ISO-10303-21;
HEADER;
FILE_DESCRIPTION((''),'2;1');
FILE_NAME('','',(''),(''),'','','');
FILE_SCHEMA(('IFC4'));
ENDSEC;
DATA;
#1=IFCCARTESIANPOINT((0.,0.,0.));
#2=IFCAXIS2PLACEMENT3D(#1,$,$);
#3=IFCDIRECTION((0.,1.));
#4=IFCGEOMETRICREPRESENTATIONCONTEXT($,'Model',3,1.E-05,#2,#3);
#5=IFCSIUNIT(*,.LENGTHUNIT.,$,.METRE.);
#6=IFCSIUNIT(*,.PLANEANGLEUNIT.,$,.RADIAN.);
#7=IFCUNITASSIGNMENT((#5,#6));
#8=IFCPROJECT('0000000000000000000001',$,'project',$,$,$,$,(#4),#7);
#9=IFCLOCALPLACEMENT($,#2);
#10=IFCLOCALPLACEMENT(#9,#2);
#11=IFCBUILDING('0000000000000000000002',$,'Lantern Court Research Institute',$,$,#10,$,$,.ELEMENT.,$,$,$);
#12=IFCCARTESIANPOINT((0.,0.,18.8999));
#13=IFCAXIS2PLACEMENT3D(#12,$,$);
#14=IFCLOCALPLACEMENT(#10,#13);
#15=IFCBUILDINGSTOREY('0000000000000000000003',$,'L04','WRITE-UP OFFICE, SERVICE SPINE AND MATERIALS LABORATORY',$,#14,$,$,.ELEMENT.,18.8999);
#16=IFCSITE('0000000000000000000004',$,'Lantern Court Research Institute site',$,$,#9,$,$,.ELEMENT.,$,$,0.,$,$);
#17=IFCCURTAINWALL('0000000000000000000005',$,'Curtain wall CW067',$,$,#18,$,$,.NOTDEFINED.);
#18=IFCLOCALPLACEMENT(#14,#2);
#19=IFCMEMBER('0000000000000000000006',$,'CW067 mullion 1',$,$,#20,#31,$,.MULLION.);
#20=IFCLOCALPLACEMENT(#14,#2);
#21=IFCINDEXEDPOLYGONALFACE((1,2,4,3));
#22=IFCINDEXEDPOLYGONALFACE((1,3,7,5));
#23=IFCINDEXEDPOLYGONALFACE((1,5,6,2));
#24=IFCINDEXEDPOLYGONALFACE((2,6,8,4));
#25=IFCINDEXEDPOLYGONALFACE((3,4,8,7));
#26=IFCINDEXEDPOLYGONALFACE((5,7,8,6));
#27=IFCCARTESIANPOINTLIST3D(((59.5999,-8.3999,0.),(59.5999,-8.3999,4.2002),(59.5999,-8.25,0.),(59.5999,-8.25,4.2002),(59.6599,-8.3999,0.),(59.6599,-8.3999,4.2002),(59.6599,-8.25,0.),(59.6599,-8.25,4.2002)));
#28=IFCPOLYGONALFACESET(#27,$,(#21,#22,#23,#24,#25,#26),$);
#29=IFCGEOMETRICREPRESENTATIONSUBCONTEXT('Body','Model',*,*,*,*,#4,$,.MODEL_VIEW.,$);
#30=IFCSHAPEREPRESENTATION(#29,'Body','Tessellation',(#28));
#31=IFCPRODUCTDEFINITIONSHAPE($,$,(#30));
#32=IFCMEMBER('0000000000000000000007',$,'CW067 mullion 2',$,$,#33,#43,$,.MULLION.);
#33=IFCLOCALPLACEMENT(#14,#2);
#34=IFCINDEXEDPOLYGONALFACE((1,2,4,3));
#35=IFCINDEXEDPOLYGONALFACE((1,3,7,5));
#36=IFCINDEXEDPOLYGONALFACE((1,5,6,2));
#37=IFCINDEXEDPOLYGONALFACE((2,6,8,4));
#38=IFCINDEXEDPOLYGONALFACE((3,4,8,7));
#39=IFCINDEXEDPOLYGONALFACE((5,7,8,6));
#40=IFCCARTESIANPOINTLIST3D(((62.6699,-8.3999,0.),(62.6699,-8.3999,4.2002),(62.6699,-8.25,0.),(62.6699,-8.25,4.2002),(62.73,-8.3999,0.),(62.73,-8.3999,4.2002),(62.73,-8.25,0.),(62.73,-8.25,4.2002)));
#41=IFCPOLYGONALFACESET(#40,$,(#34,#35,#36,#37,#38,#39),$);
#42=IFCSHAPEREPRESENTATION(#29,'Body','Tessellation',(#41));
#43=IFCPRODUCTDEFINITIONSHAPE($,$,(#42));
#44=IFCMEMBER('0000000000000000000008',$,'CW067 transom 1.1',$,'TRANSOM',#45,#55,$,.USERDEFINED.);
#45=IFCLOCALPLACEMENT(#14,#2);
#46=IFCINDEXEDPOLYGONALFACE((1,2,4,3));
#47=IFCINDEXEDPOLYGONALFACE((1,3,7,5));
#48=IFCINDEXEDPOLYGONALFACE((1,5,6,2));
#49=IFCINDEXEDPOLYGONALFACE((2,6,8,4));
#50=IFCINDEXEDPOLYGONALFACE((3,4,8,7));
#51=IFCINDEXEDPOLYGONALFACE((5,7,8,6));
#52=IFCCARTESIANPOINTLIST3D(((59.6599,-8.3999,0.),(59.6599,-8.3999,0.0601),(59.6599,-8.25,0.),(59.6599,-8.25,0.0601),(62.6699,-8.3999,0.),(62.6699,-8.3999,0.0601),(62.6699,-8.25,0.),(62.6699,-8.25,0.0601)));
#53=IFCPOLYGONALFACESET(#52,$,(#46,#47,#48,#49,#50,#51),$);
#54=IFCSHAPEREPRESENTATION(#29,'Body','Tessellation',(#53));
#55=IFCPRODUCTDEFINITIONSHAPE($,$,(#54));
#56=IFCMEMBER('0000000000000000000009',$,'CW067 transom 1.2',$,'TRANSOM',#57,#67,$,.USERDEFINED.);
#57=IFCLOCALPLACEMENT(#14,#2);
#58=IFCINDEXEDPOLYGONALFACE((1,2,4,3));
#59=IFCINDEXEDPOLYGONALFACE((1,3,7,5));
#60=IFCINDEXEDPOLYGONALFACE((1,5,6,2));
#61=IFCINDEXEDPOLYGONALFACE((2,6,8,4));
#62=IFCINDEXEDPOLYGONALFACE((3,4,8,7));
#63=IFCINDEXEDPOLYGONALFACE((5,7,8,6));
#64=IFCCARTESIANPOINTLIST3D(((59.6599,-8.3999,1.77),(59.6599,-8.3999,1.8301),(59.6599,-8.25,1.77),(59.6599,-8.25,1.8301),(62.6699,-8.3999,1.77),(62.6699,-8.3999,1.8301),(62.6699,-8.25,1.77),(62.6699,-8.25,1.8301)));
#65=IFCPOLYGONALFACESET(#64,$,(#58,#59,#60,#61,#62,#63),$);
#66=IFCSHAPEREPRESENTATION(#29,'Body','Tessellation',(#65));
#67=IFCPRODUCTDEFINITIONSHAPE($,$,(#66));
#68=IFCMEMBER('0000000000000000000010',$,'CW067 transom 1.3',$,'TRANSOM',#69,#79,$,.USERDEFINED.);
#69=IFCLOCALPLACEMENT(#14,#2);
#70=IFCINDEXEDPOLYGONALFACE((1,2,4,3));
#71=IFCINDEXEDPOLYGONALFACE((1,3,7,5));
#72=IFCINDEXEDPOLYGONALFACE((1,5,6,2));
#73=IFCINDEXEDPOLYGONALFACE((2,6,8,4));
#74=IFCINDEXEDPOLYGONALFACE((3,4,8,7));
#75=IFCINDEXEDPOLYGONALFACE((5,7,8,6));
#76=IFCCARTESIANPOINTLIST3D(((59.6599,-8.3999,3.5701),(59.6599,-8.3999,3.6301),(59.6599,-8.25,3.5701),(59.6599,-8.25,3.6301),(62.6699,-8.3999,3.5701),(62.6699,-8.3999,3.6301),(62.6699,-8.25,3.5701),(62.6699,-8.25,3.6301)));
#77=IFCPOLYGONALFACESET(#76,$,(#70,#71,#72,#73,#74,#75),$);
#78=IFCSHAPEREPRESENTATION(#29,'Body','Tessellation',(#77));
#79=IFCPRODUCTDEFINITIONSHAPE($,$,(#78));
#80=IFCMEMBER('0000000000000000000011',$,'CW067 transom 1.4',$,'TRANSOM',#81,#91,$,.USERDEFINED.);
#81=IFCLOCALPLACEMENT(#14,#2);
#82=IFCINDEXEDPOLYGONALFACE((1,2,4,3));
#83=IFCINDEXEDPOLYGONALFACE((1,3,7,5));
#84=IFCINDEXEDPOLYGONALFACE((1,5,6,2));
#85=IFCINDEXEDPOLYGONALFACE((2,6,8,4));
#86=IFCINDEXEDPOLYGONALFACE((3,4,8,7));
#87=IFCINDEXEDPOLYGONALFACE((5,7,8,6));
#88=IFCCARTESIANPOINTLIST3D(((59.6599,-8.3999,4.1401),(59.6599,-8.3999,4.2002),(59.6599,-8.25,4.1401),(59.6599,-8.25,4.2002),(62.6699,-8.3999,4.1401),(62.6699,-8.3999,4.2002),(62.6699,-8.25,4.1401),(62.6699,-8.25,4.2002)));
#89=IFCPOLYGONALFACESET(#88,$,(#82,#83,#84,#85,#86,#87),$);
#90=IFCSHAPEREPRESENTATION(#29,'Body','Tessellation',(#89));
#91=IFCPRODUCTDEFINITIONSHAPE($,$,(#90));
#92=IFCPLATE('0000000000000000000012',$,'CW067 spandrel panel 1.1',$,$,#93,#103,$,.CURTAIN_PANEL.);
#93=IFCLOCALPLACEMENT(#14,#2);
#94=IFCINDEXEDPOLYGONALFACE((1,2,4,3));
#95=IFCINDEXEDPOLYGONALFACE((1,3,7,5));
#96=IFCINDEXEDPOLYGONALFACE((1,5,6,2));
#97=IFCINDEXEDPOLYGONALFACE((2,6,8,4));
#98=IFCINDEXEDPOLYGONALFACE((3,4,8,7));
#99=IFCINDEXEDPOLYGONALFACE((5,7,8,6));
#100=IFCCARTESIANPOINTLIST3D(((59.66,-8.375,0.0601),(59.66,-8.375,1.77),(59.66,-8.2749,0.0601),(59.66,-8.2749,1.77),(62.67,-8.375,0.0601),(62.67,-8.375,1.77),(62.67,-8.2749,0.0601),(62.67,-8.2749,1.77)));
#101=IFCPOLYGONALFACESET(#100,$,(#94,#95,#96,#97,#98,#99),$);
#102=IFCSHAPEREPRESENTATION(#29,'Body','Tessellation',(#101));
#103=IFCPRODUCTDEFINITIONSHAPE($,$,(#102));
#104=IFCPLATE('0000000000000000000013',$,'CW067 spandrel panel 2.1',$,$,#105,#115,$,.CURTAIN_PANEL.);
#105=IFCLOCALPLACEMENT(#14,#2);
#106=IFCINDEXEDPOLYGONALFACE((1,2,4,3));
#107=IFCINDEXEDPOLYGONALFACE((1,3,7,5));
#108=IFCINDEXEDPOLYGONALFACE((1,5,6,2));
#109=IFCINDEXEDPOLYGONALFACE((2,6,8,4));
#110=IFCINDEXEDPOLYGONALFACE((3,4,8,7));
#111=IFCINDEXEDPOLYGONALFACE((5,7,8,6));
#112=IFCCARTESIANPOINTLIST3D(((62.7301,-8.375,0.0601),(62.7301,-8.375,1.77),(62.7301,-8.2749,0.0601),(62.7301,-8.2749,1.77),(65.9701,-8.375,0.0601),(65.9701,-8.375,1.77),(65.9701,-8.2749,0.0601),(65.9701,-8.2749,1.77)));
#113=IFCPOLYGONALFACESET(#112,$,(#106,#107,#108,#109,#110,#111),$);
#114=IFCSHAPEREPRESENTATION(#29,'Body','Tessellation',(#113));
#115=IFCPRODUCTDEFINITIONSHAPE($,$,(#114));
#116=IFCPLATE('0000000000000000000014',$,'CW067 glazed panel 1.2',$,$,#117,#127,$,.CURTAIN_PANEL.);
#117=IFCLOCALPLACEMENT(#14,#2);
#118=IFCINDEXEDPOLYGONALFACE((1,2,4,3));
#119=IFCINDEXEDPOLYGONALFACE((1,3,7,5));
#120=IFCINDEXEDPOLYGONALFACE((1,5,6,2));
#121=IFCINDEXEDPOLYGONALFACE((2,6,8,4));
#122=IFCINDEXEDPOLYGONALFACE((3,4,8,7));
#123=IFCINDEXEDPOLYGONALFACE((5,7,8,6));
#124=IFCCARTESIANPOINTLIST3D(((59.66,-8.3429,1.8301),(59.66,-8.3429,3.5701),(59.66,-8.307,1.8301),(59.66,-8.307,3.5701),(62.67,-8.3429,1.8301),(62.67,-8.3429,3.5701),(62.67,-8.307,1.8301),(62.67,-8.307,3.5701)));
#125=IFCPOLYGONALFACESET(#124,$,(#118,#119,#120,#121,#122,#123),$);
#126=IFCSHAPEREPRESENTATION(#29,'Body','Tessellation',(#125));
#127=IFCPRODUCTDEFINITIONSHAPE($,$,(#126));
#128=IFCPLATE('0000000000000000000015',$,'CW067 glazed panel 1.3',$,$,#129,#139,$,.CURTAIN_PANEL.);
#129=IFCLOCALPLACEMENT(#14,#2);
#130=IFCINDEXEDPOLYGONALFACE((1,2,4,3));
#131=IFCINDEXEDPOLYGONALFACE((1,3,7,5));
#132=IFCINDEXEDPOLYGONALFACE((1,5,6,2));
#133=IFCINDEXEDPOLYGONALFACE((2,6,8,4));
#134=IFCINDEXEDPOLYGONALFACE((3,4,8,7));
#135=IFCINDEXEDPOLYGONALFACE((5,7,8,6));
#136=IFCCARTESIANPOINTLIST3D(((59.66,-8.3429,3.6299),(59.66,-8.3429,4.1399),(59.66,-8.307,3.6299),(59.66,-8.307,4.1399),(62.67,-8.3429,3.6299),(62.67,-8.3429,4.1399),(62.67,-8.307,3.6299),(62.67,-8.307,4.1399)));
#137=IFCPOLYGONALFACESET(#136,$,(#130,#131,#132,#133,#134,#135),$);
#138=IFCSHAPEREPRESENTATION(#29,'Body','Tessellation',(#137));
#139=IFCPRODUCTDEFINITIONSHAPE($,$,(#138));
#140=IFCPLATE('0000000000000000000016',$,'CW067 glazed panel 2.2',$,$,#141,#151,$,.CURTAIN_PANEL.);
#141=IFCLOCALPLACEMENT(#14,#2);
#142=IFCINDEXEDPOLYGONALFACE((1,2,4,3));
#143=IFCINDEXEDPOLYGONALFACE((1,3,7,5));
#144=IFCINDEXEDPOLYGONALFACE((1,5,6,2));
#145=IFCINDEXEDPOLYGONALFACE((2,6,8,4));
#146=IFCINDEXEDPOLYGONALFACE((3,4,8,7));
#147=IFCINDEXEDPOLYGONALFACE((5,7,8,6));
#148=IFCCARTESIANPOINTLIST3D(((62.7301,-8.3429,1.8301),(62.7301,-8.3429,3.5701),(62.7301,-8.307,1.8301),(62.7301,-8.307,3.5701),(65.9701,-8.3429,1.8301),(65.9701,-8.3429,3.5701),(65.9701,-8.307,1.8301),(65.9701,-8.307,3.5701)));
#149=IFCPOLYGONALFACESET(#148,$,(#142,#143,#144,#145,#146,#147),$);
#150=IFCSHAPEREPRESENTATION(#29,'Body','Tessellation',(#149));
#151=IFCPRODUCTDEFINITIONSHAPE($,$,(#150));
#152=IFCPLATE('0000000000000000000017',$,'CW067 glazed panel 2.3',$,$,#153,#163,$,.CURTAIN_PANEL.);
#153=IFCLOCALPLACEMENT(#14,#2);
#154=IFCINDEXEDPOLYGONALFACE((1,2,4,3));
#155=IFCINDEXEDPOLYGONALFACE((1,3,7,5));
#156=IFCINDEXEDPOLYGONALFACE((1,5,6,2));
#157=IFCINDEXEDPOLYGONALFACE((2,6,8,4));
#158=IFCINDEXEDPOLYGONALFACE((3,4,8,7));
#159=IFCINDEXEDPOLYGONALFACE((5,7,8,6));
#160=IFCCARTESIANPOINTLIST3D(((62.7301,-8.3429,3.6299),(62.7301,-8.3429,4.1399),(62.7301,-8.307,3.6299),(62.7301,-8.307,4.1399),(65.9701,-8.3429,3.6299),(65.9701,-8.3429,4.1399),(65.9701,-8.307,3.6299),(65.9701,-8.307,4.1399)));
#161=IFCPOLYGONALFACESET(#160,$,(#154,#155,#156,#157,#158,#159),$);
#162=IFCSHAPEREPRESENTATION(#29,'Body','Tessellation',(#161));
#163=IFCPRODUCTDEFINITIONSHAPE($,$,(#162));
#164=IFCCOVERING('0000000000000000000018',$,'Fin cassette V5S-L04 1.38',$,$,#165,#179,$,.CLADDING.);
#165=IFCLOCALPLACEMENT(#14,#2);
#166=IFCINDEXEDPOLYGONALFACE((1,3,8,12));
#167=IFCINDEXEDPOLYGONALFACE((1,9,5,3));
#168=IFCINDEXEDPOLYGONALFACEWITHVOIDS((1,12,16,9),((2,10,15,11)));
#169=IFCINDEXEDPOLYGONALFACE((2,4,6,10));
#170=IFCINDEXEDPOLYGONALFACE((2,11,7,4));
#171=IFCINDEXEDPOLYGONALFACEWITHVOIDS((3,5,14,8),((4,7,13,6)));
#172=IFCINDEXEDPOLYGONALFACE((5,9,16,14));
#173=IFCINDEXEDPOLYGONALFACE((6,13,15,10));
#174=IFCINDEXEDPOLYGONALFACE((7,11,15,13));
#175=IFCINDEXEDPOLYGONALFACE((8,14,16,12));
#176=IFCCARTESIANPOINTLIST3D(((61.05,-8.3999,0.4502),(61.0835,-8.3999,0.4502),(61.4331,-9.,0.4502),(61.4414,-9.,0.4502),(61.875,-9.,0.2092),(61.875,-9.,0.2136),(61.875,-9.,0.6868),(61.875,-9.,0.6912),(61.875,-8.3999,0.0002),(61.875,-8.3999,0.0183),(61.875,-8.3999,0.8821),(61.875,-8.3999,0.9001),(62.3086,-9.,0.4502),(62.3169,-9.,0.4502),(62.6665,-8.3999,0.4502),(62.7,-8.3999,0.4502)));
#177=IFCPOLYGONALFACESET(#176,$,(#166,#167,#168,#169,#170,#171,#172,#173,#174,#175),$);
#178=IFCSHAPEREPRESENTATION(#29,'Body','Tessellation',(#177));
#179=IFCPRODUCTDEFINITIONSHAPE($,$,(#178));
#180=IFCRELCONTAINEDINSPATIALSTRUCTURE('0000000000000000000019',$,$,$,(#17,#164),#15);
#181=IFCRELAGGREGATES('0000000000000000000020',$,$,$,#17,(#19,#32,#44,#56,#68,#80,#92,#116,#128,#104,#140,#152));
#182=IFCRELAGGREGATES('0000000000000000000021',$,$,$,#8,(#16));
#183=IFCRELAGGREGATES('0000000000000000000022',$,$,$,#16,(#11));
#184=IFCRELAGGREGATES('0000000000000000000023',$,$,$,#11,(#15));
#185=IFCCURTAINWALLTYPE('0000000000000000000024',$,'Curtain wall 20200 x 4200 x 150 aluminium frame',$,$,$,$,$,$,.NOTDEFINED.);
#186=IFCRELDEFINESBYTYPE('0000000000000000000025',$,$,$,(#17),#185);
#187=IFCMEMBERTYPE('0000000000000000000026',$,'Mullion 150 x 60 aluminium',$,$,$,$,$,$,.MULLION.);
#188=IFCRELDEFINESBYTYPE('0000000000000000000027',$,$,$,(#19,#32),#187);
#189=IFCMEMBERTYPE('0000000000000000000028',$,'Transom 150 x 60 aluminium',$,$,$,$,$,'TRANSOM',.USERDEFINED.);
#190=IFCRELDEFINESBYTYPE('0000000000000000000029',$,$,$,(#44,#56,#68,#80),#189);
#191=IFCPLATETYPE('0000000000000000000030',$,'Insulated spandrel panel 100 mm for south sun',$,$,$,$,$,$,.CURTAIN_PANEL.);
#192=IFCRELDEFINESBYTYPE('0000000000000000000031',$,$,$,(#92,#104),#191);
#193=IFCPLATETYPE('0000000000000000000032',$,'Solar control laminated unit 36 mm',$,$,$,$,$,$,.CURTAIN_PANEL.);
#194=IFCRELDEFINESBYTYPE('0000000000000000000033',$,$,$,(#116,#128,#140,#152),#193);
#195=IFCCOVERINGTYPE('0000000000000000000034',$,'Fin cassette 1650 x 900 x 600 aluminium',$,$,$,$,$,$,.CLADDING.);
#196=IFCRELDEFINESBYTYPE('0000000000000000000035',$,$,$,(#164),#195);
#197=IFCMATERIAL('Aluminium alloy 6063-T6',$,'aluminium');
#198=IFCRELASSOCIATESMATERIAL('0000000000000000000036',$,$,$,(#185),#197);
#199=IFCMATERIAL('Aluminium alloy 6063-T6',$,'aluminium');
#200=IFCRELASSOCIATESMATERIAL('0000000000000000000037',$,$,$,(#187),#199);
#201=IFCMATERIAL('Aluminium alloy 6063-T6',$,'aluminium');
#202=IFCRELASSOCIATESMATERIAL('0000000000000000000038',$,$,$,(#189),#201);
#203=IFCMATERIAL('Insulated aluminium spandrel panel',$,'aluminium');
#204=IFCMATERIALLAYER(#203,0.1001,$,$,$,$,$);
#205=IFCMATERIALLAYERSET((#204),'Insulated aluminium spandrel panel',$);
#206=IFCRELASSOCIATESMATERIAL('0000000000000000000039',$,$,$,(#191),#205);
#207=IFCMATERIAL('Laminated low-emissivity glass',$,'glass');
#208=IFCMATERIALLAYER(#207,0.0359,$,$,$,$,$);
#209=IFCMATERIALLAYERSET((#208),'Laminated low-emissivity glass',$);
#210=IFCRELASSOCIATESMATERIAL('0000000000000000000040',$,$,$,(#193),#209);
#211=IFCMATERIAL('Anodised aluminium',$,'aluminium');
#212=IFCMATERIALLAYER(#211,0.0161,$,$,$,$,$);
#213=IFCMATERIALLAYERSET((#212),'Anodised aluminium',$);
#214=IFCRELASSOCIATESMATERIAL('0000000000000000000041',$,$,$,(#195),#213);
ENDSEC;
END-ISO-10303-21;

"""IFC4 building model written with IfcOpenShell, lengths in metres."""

from ifc_helpers import new_model, entity, si_unit, direction, frame, origin, origin_2d, place, context, subcontext, project, spatial, rectangle, extrude, material, layer, layer_set, material_profile, profile_set, type_object, element, aggregate, save


model = new_model("IFC4")

# Units and contexts
model_context = context("Model", 3, precision=1e-05, world=origin(), true_north=direction((0.0, 1.0)))
body_context = subcontext(model_context, "Body", "Model", "MODEL_VIEW")
ifc_project = project(units=[si_unit("LENGTHUNIT", "METRE"), si_unit("PLANEANGLEUNIT", "RADIAN")], contexts=[model_context])

# Site, building, storey
site_placement = place(None, origin())
site = spatial("IfcSite", under=ifc_project, at=site_placement, Name="Lantern Court Research Institute site", CompositionType="ELEMENT", RefElevation=0.0)
building_placement = place(site_placement, origin())
building = spatial("IfcBuilding", under=site, at=building_placement, Name="Lantern Court Research Institute", CompositionType="ELEMENT")
storey_placement = place(building_placement, frame((0.0, 0.0, 18.8999)))
storey = spatial("IfcBuildingStorey", under=building, at=storey_placement, Name="L04", Description="WRITE-UP OFFICE, SERVICE SPINE AND MATERIALS LABORATORY", CompositionType="ELEMENT", Elevation=18.8999)

# Curtain wall, members, plates
ifc_material_1 = material(Name="Aluminium alloy 6063-T6", Category="aluminium")
curtain_wall_type = type_object("IfcCurtainWallType", Name="Curtain wall 20200 x 4200 x 150 aluminium frame", PredefinedType="NOTDEFINED", material=ifc_material_1)
curtain_wall_placement = place(storey_placement, origin())
curtain_wall = element("IfcCurtainWall", 1, at=curtain_wall_placement, inside=storey, type_object=curtain_wall_type, Name="Curtain wall CW067", PredefinedType="NOTDEFINED")
ifc_material_2 = material(Name="Aluminium alloy 6063-T6", Category="aluminium")
ifc_material_profile_1 = material_profile(ifc_material_2, rectangle(XDim=0.1499, YDim=0.0601, at=origin_2d()), Name="Mullion 150 x 60")
ifc_profile_set_1 = profile_set([ifc_material_profile_1], Name="Aluminium alloy 6063-T6")
member_type_1 = type_object("IfcMemberType", Name="Mullion 150 x 60 aluminium", PredefinedType="MULLION", material=ifc_profile_set_1)
member_1_placement = place(storey_placement, frame((59.6299, -8.325, 0.0), z_axis=(0.0, 0.0, 1.0), x_axis=(0.0, -1.0, 0.0)))
member_1 = element("IfcMember", 2, at=member_1_placement, type_object=member_type_1, Name="CW067 mullion 1", PredefinedType="MULLION", context=body_context, shape_type="SweptSolid", body=[
    extrude(rectangle(XDim=0.1499, YDim=0.0601, at=origin_2d()), origin(), (0.0, 0.0, 1.0), 4.2002),
])
member_2_placement = place(storey_placement, frame((62.7, -8.325, 0.0), z_axis=(0.0, 0.0, 1.0), x_axis=(0.0, -1.0, 0.0)))
member_2 = element("IfcMember", 3, at=member_2_placement, type_object=member_type_1, Name="CW067 mullion 2", PredefinedType="MULLION", context=body_context, shape_type="SweptSolid", body=[
    extrude(rectangle(XDim=0.1499, YDim=0.0601, at=origin_2d()), origin(), (0.0, 0.0, 1.0), 4.2002),
])
ifc_material_3 = material(Name="Aluminium alloy 6063-T6", Category="aluminium")
ifc_material_profile_2 = material_profile(ifc_material_3, rectangle(XDim=0.1499, YDim=0.0601, at=origin_2d()), Name="Transom 150 x 60")
ifc_profile_set_2 = profile_set([ifc_material_profile_2], Name="Aluminium alloy 6063-T6")
member_type_2 = type_object("IfcMemberType", Name="Transom 150 x 60 aluminium", ElementType="TRANSOM", PredefinedType="USERDEFINED", material=ifc_profile_set_2)
member_3_placement = place(storey_placement, frame((62.6699, -8.325, 0.03), z_axis=(-1.0, 0.0, 0.0), x_axis=(0.0, -1.0, 0.0)))
member_3 = element("IfcMember", 4, at=member_3_placement, type_object=member_type_2, Name="CW067 transom 1.1", ObjectType="TRANSOM", PredefinedType="USERDEFINED", context=body_context, shape_type="SweptSolid", body=[
    extrude(rectangle(XDim=0.1499, YDim=0.0601, at=origin_2d()), origin(), (0.0, 0.0, 1.0), 3.01),
])
member_4_placement = place(storey_placement, frame((62.6699, -8.325, 1.8), z_axis=(-1.0, 0.0, 0.0), x_axis=(0.0, -1.0, 0.0)))
member_4 = element("IfcMember", 5, at=member_4_placement, type_object=member_type_2, Name="CW067 transom 1.2", ObjectType="TRANSOM", PredefinedType="USERDEFINED", context=body_context, shape_type="SweptSolid", body=[
    extrude(rectangle(XDim=0.1499, YDim=0.0601, at=origin_2d()), origin(), (0.0, 0.0, 1.0), 3.01),
])
member_5_placement = place(storey_placement, frame((62.6699, -8.325, 3.6001), z_axis=(-1.0, 0.0, 0.0), x_axis=(0.0, -1.0, 0.0)))
member_5 = element("IfcMember", 6, at=member_5_placement, type_object=member_type_2, Name="CW067 transom 1.3", ObjectType="TRANSOM", PredefinedType="USERDEFINED", context=body_context, shape_type="SweptSolid", body=[
    extrude(rectangle(XDim=0.1499, YDim=0.0601, at=origin_2d()), origin(), (0.0, 0.0, 1.0), 3.01),
])
member_6_placement = place(storey_placement, frame((62.6699, -8.325, 4.1702), z_axis=(-1.0, 0.0, 0.0), x_axis=(0.0, -1.0, 0.0)))
member_6 = element("IfcMember", 7, at=member_6_placement, type_object=member_type_2, Name="CW067 transom 1.4", ObjectType="TRANSOM", PredefinedType="USERDEFINED", context=body_context, shape_type="SweptSolid", body=[
    extrude(rectangle(XDim=0.1499, YDim=0.0601, at=origin_2d()), origin(), (0.0, 0.0, 1.0), 3.01),
])
ifc_material_4 = material(Name="Insulated aluminium spandrel panel", Category="aluminium")
ifc_layer_1 = layer(ifc_material_4, 0.1001)
ifc_layer_set_1 = layer_set([ifc_layer_1], Name="Insulated aluminium spandrel panel")
plate_type_1 = type_object("IfcPlateType", Name="Insulated spandrel panel 100 mm for south sun", PredefinedType="CURTAIN_PANEL", material=ifc_layer_set_1)
plate_1_placement = place(storey_placement, frame((61.165, -8.325, 0.0601), z_axis=(0.0, 0.0, 1.0), x_axis=(-1.0, 0.0, 0.0)))
plate_1 = element("IfcPlate", 8, at=plate_1_placement, type_object=plate_type_1, Name="CW067 spandrel panel 1.1", PredefinedType="CURTAIN_PANEL", context=body_context, shape_type="SweptSolid", body=[
    extrude(rectangle(XDim=3.01, YDim=0.1001, at=origin_2d()), origin(), (0.0, 0.0, 1.0), 1.71),
])
plate_2_placement = place(storey_placement, frame((64.3501, -8.325, 0.0601), z_axis=(0.0, 0.0, 1.0), x_axis=(-1.0, 0.0, 0.0)))
plate_2 = element("IfcPlate", 9, at=plate_2_placement, type_object=plate_type_1, Name="CW067 spandrel panel 2.1", PredefinedType="CURTAIN_PANEL", context=body_context, shape_type="SweptSolid", body=[
    extrude(rectangle(XDim=3.24, YDim=0.1001, at=origin_2d()), origin(), (0.0, 0.0, 1.0), 1.71),
])
ifc_material_5 = material(Name="Laminated low-emissivity glass", Category="glass")
ifc_layer_2 = layer(ifc_material_5, 0.0359)
ifc_layer_set_2 = layer_set([ifc_layer_2], Name="Laminated low-emissivity glass")
plate_type_2 = type_object("IfcPlateType", Name="Solar control laminated unit 36 mm", PredefinedType="CURTAIN_PANEL", material=ifc_layer_set_2)
plate_3_placement = place(storey_placement, frame((61.165, -8.325, 1.8301), z_axis=(0.0, 0.0, 1.0), x_axis=(-1.0, 0.0, 0.0)))
plate_3 = element("IfcPlate", 10, at=plate_3_placement, type_object=plate_type_2, Name="CW067 glazed panel 1.2", PredefinedType="CURTAIN_PANEL", context=body_context, shape_type="SweptSolid", body=[
    extrude(rectangle(XDim=3.01, YDim=0.0359, at=origin_2d()), origin(), (0.0, 0.0, 1.0), 1.74),
])
plate_4_placement = place(storey_placement, frame((61.165, -8.325, 3.6299), z_axis=(0.0, 0.0, 1.0), x_axis=(-1.0, 0.0, 0.0)))
plate_4 = element("IfcPlate", 11, at=plate_4_placement, type_object=plate_type_2, Name="CW067 glazed panel 1.3", PredefinedType="CURTAIN_PANEL", context=body_context, shape_type="SweptSolid", body=[
    extrude(rectangle(XDim=3.01, YDim=0.0359, at=origin_2d()), origin(), (0.0, 0.0, 1.0), 0.51),
])
plate_5_placement = place(storey_placement, frame((64.3501, -8.325, 1.8301), z_axis=(0.0, 0.0, 1.0), x_axis=(-1.0, 0.0, 0.0)))
plate_5 = element("IfcPlate", 12, at=plate_5_placement, type_object=plate_type_2, Name="CW067 glazed panel 2.2", PredefinedType="CURTAIN_PANEL", context=body_context, shape_type="SweptSolid", body=[
    extrude(rectangle(XDim=3.24, YDim=0.0359, at=origin_2d()), origin(), (0.0, 0.0, 1.0), 1.74),
])
plate_6_placement = place(storey_placement, frame((64.3501, -8.325, 3.6299), z_axis=(0.0, 0.0, 1.0), x_axis=(-1.0, 0.0, 0.0)))
plate_6 = element("IfcPlate", 13, at=plate_6_placement, type_object=plate_type_2, Name="CW067 glazed panel 2.3", PredefinedType="CURTAIN_PANEL", context=body_context, shape_type="SweptSolid", body=[
    extrude(rectangle(XDim=3.24, YDim=0.0359, at=origin_2d()), origin(), (0.0, 0.0, 1.0), 0.51),
])
aggregate(curtain_wall, [member_1, member_2, member_3, member_4, member_5, member_6, plate_1, plate_3, plate_4, plate_2, plate_5, plate_6])

# Covering
ifc_material_6 = material(Name="Anodised aluminium", Category="aluminium")
ifc_layer_3 = layer(ifc_material_6, 0.0161)
ifc_layer_set_3 = layer_set([ifc_layer_3], Name="Anodised aluminium")
covering_type = type_object("IfcCoveringType", Name="Fin cassette 1650 x 900 x 600 aluminium", PredefinedType="CLADDING", material=ifc_layer_set_3)
covering_1_placement = place(storey_placement, frame((61.875, -8.3999, 0.4502), z_axis=(0.0, -1.0, 0.0), x_axis=(1.0, 0.0, 0.0)))
cartesian_point_1 = entity("IfcCartesianPoint", [0.825, 0.0])
cartesian_point_2 = entity("IfcCartesianPoint", [0.7915, 0.0])
cartesian_point_3 = entity("IfcCartesianPoint", [0.4419, 0.0])
cartesian_point_4 = entity("IfcCartesianPoint", [0.4336, 0.0])
element("IfcCovering", 14, at=covering_1_placement, inside=storey, type_object=covering_type, Name="Fin cassette V5S-L04 1.38", PredefinedType="CLADDING", context=body_context, shape_type="SweptSolid", body=[
    entity("IfcExtrudedAreaSolidTapered", entity("IfcArbitraryProfileDefWithVoids", "AREA", None, entity("IfcPolyline", [cartesian_point_1, entity("IfcCartesianPoint", [0.0, 0.45]), entity("IfcCartesianPoint", [-0.825, 0.0]), entity("IfcCartesianPoint", [0.0, -0.45]), cartesian_point_1]), [entity("IfcPolyline", [cartesian_point_2, entity("IfcCartesianPoint", [0.0, 0.4319]), entity("IfcCartesianPoint", [-0.7915, 0.0]), entity("IfcCartesianPoint", [0.0, -0.4319]), cartesian_point_2])]), entity("IfcAxis2Placement3D", entity("IfcCartesianPoint", [0.0, 0.0, 0.0])), entity("IfcDirection", [0.0, 0.0, 1.0]), 0.6001, entity("IfcArbitraryProfileDefWithVoids", "AREA", None, entity("IfcPolyline", [cartesian_point_3, entity("IfcCartesianPoint", [0.0, 0.241]), entity("IfcCartesianPoint", [-0.4419, 0.0]), entity("IfcCartesianPoint", [0.0, -0.241]), cartesian_point_3]), [entity("IfcPolyline", [cartesian_point_4, entity("IfcCartesianPoint", [0.0, 0.2366]), entity("IfcCartesianPoint", [-0.4336, 0.0]), entity("IfcCartesianPoint", [0.0, -0.2366]), cartesian_point_4])])),
])

save(model, "model.ifc")
